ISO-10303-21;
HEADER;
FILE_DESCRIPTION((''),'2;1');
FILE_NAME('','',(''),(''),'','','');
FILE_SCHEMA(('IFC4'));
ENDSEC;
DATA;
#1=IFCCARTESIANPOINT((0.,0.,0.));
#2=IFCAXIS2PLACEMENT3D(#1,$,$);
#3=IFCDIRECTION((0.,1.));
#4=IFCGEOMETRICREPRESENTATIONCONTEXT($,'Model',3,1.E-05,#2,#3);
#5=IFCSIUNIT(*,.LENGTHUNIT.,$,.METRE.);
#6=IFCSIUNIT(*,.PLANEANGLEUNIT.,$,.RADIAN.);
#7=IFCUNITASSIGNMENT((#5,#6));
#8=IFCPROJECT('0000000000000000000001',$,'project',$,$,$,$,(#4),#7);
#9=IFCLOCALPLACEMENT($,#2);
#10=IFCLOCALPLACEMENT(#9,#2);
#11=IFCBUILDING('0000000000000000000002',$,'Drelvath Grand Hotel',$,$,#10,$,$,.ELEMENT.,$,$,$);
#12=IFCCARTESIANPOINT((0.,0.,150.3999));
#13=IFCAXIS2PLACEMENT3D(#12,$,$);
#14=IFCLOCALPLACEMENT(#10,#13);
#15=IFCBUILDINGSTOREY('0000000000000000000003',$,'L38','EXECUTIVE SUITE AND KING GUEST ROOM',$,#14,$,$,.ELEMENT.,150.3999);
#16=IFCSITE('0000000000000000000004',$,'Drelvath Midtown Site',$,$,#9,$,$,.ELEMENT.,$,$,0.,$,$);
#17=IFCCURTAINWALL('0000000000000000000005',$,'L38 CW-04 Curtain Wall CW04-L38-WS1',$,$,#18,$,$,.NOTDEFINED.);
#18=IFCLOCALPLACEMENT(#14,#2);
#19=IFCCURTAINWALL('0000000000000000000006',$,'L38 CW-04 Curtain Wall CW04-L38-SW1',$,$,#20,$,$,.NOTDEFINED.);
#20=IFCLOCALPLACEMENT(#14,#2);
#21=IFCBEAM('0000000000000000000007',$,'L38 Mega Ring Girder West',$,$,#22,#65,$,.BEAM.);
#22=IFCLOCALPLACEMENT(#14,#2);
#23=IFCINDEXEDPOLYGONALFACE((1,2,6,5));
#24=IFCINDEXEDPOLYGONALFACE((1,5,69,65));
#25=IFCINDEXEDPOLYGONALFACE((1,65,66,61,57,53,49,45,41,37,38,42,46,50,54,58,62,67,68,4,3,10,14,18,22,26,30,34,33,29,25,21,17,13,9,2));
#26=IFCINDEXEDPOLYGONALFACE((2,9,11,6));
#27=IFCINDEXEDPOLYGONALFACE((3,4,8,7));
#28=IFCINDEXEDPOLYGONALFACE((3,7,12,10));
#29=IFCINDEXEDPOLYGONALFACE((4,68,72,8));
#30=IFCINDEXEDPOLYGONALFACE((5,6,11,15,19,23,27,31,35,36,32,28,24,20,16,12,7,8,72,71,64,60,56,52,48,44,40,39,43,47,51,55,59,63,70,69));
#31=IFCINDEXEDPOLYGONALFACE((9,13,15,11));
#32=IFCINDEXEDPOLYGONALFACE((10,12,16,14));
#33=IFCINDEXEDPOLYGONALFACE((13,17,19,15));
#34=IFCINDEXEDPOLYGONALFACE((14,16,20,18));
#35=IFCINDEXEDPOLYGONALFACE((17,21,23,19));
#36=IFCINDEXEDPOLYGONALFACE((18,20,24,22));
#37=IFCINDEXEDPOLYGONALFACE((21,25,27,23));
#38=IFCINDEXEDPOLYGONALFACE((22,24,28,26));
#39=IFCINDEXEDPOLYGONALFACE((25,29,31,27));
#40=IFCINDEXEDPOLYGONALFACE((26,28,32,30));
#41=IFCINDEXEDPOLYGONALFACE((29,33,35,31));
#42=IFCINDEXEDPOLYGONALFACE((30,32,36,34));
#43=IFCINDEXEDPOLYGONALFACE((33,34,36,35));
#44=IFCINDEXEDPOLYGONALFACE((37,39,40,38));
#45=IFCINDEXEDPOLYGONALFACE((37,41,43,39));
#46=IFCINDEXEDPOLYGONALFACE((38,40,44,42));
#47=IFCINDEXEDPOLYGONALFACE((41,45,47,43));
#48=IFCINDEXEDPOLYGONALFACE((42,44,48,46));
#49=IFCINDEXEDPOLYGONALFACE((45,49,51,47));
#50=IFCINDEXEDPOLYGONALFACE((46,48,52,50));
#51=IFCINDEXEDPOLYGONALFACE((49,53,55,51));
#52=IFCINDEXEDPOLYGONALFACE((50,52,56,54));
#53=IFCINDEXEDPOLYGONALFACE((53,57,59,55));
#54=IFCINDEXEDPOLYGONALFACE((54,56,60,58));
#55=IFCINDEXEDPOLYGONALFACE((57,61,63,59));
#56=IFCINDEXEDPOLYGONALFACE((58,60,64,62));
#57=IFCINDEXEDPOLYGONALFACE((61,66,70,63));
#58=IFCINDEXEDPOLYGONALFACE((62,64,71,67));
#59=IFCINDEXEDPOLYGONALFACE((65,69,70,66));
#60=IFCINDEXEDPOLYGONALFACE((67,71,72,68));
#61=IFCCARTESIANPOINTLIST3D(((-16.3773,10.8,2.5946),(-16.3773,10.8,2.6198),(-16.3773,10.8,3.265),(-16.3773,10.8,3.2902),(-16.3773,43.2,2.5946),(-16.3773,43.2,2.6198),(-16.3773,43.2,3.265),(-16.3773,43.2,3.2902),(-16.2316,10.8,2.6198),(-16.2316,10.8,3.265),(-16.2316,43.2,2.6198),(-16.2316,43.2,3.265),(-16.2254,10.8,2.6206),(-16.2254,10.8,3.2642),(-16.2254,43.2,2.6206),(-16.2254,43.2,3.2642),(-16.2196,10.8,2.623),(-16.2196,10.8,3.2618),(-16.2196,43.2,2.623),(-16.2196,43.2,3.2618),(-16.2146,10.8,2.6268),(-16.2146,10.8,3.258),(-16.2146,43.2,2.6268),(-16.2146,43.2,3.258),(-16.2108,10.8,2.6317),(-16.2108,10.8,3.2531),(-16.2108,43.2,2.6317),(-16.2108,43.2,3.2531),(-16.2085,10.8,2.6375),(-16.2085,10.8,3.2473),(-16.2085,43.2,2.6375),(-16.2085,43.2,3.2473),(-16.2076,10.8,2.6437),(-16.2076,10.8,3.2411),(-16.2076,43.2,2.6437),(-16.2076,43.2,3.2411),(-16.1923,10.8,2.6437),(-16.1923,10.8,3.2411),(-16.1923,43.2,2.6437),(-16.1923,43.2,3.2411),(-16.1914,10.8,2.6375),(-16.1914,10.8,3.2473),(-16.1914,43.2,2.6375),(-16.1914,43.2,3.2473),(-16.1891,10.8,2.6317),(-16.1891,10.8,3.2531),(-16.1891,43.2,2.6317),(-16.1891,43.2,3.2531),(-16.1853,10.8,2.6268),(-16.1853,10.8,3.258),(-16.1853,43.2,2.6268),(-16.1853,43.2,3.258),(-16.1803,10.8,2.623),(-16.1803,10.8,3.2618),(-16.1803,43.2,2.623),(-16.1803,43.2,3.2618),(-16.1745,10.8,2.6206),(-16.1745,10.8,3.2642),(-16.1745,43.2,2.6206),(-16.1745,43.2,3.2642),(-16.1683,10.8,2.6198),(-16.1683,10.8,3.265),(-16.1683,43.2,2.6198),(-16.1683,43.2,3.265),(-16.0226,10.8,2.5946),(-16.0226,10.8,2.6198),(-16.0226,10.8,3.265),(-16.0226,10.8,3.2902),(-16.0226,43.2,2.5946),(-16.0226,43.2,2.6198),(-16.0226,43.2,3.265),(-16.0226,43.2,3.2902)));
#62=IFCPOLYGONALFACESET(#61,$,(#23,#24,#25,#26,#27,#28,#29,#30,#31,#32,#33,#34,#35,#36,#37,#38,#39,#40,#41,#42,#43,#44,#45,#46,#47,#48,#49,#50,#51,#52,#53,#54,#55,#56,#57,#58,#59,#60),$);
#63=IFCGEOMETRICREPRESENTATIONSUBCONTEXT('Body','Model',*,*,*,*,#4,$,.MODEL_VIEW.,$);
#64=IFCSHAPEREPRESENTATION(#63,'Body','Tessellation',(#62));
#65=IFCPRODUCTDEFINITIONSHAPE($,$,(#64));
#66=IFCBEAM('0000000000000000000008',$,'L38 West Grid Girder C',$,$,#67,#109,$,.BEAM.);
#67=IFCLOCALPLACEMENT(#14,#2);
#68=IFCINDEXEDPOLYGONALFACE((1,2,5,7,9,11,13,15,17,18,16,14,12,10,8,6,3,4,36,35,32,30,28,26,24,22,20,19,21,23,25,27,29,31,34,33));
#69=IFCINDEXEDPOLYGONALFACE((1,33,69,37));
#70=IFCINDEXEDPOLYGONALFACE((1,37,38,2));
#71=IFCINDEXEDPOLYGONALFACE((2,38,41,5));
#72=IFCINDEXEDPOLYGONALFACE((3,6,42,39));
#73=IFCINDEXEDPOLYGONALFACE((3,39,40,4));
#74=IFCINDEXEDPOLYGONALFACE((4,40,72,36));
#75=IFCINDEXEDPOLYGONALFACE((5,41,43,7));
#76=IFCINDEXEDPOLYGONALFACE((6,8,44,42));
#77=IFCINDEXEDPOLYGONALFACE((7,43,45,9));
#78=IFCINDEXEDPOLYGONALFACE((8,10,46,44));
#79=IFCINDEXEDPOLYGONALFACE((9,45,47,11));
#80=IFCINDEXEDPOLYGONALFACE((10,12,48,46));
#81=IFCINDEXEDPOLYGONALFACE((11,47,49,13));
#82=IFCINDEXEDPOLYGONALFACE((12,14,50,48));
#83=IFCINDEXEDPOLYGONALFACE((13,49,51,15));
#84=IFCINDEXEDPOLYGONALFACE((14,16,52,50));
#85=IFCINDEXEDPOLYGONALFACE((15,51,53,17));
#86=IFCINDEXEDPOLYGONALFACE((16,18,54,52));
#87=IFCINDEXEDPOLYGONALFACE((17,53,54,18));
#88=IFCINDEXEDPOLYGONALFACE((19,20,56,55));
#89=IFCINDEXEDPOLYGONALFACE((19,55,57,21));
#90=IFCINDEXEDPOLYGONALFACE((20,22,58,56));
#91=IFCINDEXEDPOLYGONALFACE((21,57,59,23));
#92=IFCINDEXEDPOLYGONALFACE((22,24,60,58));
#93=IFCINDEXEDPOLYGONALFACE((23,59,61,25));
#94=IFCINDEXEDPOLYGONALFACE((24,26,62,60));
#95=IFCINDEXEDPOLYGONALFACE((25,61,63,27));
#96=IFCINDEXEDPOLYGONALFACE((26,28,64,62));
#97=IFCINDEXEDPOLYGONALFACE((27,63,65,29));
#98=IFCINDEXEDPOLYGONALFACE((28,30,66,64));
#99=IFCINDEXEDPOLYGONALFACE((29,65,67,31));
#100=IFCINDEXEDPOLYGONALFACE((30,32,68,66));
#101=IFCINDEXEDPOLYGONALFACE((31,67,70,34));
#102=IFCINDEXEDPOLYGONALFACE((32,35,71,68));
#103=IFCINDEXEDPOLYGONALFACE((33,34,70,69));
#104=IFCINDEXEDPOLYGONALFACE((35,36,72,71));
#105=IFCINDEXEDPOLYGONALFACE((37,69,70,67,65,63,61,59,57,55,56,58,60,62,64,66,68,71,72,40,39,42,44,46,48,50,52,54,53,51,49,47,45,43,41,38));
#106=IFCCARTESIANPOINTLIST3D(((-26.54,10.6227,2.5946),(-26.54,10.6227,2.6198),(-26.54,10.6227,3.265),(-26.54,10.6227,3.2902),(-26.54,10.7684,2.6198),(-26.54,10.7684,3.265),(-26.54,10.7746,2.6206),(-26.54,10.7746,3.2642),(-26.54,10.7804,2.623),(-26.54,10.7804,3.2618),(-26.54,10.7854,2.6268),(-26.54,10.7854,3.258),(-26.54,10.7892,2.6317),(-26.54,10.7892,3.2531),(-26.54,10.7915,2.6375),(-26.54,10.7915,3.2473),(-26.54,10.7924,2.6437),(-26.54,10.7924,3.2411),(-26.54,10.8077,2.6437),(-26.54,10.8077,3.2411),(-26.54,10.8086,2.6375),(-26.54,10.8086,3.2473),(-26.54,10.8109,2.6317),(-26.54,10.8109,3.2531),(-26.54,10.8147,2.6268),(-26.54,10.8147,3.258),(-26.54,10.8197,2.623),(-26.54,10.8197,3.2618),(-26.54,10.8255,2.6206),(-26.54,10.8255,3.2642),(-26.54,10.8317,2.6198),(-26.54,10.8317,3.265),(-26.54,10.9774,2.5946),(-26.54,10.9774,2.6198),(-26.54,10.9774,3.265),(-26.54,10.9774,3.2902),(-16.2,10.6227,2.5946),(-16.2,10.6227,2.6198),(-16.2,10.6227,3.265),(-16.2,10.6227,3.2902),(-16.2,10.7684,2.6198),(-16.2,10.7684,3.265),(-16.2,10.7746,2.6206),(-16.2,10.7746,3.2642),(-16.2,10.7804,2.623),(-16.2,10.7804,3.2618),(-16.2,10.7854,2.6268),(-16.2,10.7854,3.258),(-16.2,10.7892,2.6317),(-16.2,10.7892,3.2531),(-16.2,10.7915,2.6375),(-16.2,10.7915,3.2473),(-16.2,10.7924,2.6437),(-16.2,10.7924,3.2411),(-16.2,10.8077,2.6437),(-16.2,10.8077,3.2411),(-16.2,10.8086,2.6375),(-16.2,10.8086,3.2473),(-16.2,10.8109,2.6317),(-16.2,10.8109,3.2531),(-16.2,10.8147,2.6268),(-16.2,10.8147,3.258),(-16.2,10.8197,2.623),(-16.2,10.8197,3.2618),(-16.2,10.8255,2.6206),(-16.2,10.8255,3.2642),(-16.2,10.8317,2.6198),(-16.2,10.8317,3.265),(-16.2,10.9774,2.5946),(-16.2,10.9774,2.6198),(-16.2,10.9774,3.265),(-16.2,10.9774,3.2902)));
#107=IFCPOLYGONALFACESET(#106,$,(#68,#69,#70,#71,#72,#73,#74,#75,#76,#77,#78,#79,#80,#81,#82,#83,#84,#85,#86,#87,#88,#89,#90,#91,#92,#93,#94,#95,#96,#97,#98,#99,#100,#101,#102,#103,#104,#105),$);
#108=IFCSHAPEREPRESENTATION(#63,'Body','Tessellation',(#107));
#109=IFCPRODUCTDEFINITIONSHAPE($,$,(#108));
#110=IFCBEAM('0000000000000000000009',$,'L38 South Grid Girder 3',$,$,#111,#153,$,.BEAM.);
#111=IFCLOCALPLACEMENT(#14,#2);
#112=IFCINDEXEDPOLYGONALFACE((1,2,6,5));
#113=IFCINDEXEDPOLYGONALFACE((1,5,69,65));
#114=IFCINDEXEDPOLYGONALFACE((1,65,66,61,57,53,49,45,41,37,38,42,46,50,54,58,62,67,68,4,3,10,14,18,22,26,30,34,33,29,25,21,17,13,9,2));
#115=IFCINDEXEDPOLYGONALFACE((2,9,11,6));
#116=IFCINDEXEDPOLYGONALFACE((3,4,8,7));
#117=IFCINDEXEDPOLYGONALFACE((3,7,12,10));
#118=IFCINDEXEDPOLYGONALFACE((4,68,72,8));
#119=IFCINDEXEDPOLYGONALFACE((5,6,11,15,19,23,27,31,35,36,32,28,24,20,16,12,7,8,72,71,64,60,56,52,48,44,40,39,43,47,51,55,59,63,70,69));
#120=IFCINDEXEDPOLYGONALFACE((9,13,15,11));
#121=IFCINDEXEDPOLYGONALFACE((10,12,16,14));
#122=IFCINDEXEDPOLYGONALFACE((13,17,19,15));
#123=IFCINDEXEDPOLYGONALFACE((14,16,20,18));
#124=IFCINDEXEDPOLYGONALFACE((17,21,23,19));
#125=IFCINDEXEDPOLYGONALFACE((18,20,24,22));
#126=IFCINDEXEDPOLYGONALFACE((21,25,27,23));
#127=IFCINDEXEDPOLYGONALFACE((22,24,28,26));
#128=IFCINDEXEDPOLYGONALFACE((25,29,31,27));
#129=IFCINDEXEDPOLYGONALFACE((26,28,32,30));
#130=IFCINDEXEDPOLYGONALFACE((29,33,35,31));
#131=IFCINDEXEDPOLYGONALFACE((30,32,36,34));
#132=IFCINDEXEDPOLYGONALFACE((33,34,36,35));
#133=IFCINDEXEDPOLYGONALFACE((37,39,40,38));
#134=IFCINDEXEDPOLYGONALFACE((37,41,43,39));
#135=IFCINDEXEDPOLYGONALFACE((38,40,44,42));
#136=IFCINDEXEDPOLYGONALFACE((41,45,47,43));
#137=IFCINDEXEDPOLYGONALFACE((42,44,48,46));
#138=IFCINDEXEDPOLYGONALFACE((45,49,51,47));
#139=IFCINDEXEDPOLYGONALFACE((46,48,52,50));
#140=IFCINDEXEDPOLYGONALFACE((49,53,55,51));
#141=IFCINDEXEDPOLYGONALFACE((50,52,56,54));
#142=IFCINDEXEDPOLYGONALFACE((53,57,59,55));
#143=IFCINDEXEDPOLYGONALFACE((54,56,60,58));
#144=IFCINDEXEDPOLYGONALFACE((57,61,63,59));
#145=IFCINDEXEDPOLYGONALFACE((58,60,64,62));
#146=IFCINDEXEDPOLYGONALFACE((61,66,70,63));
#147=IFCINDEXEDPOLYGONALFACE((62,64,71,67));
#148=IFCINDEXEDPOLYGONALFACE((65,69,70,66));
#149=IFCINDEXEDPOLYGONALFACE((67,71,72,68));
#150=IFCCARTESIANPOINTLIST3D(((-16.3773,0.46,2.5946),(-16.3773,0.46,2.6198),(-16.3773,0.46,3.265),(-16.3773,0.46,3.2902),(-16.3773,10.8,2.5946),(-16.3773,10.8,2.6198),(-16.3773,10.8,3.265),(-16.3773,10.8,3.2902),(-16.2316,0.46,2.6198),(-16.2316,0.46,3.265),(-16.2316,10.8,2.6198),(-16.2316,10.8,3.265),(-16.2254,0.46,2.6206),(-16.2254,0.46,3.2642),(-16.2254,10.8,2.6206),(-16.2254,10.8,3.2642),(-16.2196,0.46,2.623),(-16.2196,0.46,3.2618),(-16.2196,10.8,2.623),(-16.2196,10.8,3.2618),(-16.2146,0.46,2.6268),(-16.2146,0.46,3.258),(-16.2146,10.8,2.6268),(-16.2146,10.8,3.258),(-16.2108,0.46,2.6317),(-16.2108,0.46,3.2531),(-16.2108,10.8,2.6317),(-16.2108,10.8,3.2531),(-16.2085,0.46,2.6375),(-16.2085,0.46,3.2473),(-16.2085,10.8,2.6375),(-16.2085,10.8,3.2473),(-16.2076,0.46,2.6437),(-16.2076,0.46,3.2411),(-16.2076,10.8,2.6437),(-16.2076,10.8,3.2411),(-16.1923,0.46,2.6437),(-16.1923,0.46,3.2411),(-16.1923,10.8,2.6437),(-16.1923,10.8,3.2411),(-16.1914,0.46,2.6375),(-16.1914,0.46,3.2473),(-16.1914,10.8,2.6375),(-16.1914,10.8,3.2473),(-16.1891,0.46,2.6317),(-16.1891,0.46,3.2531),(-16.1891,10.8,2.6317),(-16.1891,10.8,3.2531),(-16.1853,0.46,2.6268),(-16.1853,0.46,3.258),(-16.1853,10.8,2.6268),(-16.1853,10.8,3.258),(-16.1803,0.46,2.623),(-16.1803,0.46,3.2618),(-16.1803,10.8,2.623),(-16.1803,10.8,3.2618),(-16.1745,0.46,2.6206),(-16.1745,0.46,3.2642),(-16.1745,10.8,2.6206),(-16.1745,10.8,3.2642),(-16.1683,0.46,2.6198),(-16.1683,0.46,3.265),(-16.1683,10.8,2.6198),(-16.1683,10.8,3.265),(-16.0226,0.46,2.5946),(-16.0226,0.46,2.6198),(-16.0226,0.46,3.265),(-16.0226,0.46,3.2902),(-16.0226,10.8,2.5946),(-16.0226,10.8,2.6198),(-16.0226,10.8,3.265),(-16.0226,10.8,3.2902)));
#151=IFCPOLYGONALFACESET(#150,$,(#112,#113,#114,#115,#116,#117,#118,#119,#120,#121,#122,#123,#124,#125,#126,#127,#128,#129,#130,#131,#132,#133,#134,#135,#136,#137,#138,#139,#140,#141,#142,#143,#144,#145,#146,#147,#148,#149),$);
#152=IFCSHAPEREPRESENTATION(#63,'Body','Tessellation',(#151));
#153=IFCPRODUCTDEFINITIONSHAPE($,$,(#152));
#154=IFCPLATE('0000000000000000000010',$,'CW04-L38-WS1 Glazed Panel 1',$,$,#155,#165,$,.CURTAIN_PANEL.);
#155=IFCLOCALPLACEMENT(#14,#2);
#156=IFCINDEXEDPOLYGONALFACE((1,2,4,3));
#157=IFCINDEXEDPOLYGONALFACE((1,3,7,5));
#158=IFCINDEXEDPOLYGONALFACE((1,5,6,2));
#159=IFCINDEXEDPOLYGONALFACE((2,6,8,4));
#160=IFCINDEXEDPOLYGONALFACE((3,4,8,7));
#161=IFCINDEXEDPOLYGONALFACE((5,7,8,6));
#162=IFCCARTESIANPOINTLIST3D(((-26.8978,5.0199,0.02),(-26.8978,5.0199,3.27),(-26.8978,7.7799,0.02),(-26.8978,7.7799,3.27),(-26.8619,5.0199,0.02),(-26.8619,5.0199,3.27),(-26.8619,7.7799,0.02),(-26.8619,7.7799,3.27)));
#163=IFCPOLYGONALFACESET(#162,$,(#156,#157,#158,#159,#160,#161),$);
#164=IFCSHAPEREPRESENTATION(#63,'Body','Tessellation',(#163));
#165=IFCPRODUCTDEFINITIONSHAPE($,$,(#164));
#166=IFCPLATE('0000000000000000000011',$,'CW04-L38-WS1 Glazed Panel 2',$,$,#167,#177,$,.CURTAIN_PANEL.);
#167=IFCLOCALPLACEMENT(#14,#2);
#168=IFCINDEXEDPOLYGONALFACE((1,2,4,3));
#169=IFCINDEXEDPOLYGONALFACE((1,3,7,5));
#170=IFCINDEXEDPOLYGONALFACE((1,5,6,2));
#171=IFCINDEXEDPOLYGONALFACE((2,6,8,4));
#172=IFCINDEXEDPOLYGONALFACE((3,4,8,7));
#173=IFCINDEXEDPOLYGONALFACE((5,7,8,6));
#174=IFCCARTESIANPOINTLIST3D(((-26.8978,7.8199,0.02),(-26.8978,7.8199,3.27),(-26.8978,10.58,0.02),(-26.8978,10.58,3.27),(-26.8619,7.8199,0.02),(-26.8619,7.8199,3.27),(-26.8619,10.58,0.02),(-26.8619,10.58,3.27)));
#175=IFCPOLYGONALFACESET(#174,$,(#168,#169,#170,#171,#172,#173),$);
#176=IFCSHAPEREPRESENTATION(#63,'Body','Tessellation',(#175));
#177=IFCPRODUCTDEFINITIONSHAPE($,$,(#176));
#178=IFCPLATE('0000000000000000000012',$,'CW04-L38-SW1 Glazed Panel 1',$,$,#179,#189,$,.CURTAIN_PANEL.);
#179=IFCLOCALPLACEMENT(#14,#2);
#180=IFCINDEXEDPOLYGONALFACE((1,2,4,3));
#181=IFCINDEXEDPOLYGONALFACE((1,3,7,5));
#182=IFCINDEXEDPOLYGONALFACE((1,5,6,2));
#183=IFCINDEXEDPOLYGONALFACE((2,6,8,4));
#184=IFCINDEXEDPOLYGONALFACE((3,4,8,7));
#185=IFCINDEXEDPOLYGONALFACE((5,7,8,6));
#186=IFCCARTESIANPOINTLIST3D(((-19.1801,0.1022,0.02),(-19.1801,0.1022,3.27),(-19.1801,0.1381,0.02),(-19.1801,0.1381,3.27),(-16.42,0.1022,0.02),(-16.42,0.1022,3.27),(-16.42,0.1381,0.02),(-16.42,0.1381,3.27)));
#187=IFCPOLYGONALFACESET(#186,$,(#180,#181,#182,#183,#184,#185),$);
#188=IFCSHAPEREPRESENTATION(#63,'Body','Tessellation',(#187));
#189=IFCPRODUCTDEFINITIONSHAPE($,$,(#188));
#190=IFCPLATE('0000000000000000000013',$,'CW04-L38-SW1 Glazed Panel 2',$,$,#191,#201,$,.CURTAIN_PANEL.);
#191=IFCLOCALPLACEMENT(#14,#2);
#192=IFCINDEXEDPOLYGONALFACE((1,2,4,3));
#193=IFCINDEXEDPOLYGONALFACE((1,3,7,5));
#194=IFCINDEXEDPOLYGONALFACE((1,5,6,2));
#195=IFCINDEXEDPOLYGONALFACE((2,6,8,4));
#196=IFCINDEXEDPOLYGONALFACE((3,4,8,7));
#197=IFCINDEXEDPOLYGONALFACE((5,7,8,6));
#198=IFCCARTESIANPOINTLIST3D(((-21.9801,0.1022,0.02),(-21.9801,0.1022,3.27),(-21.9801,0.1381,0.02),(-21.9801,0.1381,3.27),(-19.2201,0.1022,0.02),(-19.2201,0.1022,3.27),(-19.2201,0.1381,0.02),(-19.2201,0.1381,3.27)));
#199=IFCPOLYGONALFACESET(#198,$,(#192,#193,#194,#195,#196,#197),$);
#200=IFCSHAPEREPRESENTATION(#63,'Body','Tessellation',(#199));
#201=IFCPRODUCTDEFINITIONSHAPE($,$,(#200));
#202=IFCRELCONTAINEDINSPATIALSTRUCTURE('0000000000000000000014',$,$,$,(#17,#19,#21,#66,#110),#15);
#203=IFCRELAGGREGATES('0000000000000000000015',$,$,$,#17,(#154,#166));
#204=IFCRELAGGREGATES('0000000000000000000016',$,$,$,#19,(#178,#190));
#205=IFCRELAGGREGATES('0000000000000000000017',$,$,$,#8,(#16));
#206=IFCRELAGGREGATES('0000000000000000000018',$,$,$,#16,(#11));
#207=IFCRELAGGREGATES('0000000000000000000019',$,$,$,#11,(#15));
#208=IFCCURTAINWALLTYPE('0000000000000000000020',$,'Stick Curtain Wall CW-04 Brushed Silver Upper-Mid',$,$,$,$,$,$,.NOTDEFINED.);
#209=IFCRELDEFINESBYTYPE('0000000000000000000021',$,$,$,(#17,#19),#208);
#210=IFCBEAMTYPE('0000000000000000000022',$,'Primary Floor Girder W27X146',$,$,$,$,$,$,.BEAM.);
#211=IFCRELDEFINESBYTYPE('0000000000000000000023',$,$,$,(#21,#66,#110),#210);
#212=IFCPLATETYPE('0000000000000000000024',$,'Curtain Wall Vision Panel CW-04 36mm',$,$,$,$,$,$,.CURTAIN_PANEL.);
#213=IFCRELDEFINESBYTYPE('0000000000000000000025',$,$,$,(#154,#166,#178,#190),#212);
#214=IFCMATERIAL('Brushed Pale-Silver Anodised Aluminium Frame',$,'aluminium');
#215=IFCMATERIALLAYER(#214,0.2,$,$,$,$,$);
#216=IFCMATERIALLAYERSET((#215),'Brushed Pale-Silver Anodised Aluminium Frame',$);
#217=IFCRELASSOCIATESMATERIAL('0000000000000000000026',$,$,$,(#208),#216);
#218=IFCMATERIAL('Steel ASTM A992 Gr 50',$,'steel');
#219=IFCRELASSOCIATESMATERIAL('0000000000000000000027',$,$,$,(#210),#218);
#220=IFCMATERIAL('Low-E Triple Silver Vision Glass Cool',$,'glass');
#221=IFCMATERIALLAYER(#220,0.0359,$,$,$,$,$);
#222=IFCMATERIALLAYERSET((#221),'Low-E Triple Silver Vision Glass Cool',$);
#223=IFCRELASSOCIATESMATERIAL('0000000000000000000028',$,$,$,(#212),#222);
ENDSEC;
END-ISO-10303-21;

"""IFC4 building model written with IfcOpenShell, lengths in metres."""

from ifc_helpers import new_model, si_unit, direction, frame, origin, origin_2d, place, context, subcontext, project, spatial, rectangle, i_section, extrude, material, layer, layer_set, material_profile, profile_set, type_object, element, aggregate, save


model = new_model("IFC4")

# Units and contexts
model_context = context("Model", 3, precision=1e-05, world=origin(), true_north=direction((0.0, 1.0)))
body_context = subcontext(model_context, "Body", "Model", "MODEL_VIEW")
ifc_project = project(units=[si_unit("LENGTHUNIT", "METRE"), si_unit("PLANEANGLEUNIT", "RADIAN")], contexts=[model_context])

# Site, building, storey
site_placement = place(None, origin())
site = spatial("IfcSite", under=ifc_project, at=site_placement, Name="Drelvath Midtown Site", CompositionType="ELEMENT", RefElevation=0.0)
building_placement = place(site_placement, origin())
building = spatial("IfcBuilding", under=site, at=building_placement, Name="Drelvath Grand Hotel", CompositionType="ELEMENT")
storey_placement = place(building_placement, frame((0.0, 0.0, 150.3999)))
storey = spatial("IfcBuildingStorey", under=building, at=storey_placement, Name="L38", Description="EXECUTIVE SUITE AND KING GUEST ROOM", CompositionType="ELEMENT", Elevation=150.3999)

# Curtain walls
ifc_material_1 = material(Name="Brushed Pale-Silver Anodised Aluminium Frame", Category="aluminium")
ifc_layer_1 = layer(ifc_material_1, 0.2)
ifc_layer_set_1 = layer_set([ifc_layer_1], Name="Brushed Pale-Silver Anodised Aluminium Frame")
curtain_wall_type = type_object("IfcCurtainWallType", Name="Stick Curtain Wall CW-04 Brushed Silver Upper-Mid", PredefinedType="NOTDEFINED", material=ifc_layer_set_1)
curtain_wall_1_placement = place(storey_placement, origin())
curtain_wall_1 = element("IfcCurtainWall", 1, at=curtain_wall_1_placement, inside=storey, type_object=curtain_wall_type, Name="L38 CW-04 Curtain Wall CW04-L38-WS1", PredefinedType="NOTDEFINED")
curtain_wall_2_placement = place(storey_placement, origin())
curtain_wall_2 = element("IfcCurtainWall", 2, at=curtain_wall_2_placement, inside=storey, type_object=curtain_wall_type, Name="L38 CW-04 Curtain Wall CW04-L38-SW1", PredefinedType="NOTDEFINED")

# Beams
ifc_material_2 = material(Name="Steel ASTM A992 Gr 50", Category="steel")
ifc_material_profile_1 = material_profile(ifc_material_2, i_section(OverallWidth=0.3547, OverallDepth=0.6956, WebThickness=0.0154, FlangeThickness=0.0251, FilletRadius=0.0239, at=origin_2d()), Name="W27X146")
ifc_profile_set_1 = profile_set([ifc_material_profile_1], Name="Steel ASTM A992 Gr 50")
beam_type_1 = type_object("IfcBeamType", Name="Primary Floor Girder W27X146", PredefinedType="BEAM", material=ifc_profile_set_1)
for number, where, z_axis, x_axis, name in (
    (3, (-16.2, 10.8, 2.9424), (0.0, 1.0, 0.0), (-1.0, 0.0, 0.0), "L38 Mega Ring Girder West"),
):
    element("IfcBeam", number, at=place(storey_placement, frame(where, z_axis=z_axis, x_axis=x_axis)), inside=storey, type_object=beam_type_1, Name=name, PredefinedType="BEAM", context=body_context, shape_type="SweptSolid", body=[
        extrude(i_section(OverallWidth=0.3547, OverallDepth=0.6956, WebThickness=0.0154, FlangeThickness=0.0251, FilletRadius=0.0239, at=origin_2d()), origin(), (0.0, 0.0, 1.0), 32.3999),
    ])
for number, where, z_axis, x_axis, name in (
    (4, (-26.54, 10.8, 2.9424), (1.0, 0.0, 0.0), (0.0, 1.0, 0.0), "L38 West Grid Girder C"),
    (5, (-16.2, 0.46, 2.9424), (0.0, 1.0, 0.0), (-1.0, 0.0, 0.0), "L38 South Grid Girder 3"),
):
    element("IfcBeam", number, at=place(storey_placement, frame(where, z_axis=z_axis, x_axis=x_axis)), inside=storey, type_object=beam_type_1, Name=name, PredefinedType="BEAM", context=body_context, shape_type="SweptSolid", body=[
        extrude(i_section(OverallWidth=0.3547, OverallDepth=0.6956, WebThickness=0.0154, FlangeThickness=0.0251, FilletRadius=0.0239, at=origin_2d()), origin(), (0.0, 0.0, 1.0), 10.3401),
    ])

# Plates
ifc_material_3 = material(Name="Low-E Triple Silver Vision Glass Cool", Category="glass")
ifc_layer_2 = layer(ifc_material_3, 0.0359)
ifc_layer_set_2 = layer_set([ifc_layer_2], Name="Low-E Triple Silver Vision Glass Cool")
plate_type = type_object("IfcPlateType", Name="Curtain Wall Vision Panel CW-04 36mm", PredefinedType="CURTAIN_PANEL", material=ifc_layer_set_2)
plate_1_placement = place(storey_placement, frame((-26.8799, 6.3999, 0.02), z_axis=(0.0, 0.0, 1.0), x_axis=(0.0, 1.0, 0.0)))
plate_1 = element("IfcPlate", 6, at=plate_1_placement, type_object=plate_type, Name="CW04-L38-WS1 Glazed Panel 1", PredefinedType="CURTAIN_PANEL", context=body_context, shape_type="SweptSolid", body=[
    extrude(rectangle(XDim=2.76, YDim=0.0359, at=origin_2d()), origin(), (0.0, 0.0, 1.0), 3.25),
])
plate_2_placement = place(storey_placement, frame((-26.8799, 9.2, 0.02), z_axis=(0.0, 0.0, 1.0), x_axis=(0.0, 1.0, 0.0)))
plate_2 = element("IfcPlate", 7, at=plate_2_placement, type_object=plate_type, Name="CW04-L38-WS1 Glazed Panel 2", PredefinedType="CURTAIN_PANEL", context=body_context, shape_type="SweptSolid", body=[
    extrude(rectangle(XDim=2.76, YDim=0.0359, at=origin_2d()), origin(), (0.0, 0.0, 1.0), 3.25),
])
aggregate(curtain_wall_1, [plate_1, plate_2])
plate_3_placement = place(storey_placement, frame((-17.8, 0.1201, 0.02), z_axis=(0.0, 0.0, 1.0), x_axis=(-1.0, 0.0, 0.0)))
plate_3 = element("IfcPlate", 8, at=plate_3_placement, type_object=plate_type, Name="CW04-L38-SW1 Glazed Panel 1", PredefinedType="CURTAIN_PANEL", context=body_context, shape_type="SweptSolid", body=[
    extrude(rectangle(XDim=2.76, YDim=0.0359, at=origin_2d()), origin(), (0.0, 0.0, 1.0), 3.25),
])
plate_4_placement = place(storey_placement, frame((-20.6001, 0.1201, 0.02), z_axis=(0.0, 0.0, 1.0), x_axis=(-1.0, 0.0, 0.0)))
plate_4 = element("IfcPlate", 9, at=plate_4_placement, type_object=plate_type, Name="CW04-L38-SW1 Glazed Panel 2", PredefinedType="CURTAIN_PANEL", context=body_context, shape_type="SweptSolid", body=[
    extrude(rectangle(XDim=2.76, YDim=0.0359, at=origin_2d()), origin(), (0.0, 0.0, 1.0), 3.25),
])
aggregate(curtain_wall_2, [plate_3, plate_4])

save(model, "model.ifc")
